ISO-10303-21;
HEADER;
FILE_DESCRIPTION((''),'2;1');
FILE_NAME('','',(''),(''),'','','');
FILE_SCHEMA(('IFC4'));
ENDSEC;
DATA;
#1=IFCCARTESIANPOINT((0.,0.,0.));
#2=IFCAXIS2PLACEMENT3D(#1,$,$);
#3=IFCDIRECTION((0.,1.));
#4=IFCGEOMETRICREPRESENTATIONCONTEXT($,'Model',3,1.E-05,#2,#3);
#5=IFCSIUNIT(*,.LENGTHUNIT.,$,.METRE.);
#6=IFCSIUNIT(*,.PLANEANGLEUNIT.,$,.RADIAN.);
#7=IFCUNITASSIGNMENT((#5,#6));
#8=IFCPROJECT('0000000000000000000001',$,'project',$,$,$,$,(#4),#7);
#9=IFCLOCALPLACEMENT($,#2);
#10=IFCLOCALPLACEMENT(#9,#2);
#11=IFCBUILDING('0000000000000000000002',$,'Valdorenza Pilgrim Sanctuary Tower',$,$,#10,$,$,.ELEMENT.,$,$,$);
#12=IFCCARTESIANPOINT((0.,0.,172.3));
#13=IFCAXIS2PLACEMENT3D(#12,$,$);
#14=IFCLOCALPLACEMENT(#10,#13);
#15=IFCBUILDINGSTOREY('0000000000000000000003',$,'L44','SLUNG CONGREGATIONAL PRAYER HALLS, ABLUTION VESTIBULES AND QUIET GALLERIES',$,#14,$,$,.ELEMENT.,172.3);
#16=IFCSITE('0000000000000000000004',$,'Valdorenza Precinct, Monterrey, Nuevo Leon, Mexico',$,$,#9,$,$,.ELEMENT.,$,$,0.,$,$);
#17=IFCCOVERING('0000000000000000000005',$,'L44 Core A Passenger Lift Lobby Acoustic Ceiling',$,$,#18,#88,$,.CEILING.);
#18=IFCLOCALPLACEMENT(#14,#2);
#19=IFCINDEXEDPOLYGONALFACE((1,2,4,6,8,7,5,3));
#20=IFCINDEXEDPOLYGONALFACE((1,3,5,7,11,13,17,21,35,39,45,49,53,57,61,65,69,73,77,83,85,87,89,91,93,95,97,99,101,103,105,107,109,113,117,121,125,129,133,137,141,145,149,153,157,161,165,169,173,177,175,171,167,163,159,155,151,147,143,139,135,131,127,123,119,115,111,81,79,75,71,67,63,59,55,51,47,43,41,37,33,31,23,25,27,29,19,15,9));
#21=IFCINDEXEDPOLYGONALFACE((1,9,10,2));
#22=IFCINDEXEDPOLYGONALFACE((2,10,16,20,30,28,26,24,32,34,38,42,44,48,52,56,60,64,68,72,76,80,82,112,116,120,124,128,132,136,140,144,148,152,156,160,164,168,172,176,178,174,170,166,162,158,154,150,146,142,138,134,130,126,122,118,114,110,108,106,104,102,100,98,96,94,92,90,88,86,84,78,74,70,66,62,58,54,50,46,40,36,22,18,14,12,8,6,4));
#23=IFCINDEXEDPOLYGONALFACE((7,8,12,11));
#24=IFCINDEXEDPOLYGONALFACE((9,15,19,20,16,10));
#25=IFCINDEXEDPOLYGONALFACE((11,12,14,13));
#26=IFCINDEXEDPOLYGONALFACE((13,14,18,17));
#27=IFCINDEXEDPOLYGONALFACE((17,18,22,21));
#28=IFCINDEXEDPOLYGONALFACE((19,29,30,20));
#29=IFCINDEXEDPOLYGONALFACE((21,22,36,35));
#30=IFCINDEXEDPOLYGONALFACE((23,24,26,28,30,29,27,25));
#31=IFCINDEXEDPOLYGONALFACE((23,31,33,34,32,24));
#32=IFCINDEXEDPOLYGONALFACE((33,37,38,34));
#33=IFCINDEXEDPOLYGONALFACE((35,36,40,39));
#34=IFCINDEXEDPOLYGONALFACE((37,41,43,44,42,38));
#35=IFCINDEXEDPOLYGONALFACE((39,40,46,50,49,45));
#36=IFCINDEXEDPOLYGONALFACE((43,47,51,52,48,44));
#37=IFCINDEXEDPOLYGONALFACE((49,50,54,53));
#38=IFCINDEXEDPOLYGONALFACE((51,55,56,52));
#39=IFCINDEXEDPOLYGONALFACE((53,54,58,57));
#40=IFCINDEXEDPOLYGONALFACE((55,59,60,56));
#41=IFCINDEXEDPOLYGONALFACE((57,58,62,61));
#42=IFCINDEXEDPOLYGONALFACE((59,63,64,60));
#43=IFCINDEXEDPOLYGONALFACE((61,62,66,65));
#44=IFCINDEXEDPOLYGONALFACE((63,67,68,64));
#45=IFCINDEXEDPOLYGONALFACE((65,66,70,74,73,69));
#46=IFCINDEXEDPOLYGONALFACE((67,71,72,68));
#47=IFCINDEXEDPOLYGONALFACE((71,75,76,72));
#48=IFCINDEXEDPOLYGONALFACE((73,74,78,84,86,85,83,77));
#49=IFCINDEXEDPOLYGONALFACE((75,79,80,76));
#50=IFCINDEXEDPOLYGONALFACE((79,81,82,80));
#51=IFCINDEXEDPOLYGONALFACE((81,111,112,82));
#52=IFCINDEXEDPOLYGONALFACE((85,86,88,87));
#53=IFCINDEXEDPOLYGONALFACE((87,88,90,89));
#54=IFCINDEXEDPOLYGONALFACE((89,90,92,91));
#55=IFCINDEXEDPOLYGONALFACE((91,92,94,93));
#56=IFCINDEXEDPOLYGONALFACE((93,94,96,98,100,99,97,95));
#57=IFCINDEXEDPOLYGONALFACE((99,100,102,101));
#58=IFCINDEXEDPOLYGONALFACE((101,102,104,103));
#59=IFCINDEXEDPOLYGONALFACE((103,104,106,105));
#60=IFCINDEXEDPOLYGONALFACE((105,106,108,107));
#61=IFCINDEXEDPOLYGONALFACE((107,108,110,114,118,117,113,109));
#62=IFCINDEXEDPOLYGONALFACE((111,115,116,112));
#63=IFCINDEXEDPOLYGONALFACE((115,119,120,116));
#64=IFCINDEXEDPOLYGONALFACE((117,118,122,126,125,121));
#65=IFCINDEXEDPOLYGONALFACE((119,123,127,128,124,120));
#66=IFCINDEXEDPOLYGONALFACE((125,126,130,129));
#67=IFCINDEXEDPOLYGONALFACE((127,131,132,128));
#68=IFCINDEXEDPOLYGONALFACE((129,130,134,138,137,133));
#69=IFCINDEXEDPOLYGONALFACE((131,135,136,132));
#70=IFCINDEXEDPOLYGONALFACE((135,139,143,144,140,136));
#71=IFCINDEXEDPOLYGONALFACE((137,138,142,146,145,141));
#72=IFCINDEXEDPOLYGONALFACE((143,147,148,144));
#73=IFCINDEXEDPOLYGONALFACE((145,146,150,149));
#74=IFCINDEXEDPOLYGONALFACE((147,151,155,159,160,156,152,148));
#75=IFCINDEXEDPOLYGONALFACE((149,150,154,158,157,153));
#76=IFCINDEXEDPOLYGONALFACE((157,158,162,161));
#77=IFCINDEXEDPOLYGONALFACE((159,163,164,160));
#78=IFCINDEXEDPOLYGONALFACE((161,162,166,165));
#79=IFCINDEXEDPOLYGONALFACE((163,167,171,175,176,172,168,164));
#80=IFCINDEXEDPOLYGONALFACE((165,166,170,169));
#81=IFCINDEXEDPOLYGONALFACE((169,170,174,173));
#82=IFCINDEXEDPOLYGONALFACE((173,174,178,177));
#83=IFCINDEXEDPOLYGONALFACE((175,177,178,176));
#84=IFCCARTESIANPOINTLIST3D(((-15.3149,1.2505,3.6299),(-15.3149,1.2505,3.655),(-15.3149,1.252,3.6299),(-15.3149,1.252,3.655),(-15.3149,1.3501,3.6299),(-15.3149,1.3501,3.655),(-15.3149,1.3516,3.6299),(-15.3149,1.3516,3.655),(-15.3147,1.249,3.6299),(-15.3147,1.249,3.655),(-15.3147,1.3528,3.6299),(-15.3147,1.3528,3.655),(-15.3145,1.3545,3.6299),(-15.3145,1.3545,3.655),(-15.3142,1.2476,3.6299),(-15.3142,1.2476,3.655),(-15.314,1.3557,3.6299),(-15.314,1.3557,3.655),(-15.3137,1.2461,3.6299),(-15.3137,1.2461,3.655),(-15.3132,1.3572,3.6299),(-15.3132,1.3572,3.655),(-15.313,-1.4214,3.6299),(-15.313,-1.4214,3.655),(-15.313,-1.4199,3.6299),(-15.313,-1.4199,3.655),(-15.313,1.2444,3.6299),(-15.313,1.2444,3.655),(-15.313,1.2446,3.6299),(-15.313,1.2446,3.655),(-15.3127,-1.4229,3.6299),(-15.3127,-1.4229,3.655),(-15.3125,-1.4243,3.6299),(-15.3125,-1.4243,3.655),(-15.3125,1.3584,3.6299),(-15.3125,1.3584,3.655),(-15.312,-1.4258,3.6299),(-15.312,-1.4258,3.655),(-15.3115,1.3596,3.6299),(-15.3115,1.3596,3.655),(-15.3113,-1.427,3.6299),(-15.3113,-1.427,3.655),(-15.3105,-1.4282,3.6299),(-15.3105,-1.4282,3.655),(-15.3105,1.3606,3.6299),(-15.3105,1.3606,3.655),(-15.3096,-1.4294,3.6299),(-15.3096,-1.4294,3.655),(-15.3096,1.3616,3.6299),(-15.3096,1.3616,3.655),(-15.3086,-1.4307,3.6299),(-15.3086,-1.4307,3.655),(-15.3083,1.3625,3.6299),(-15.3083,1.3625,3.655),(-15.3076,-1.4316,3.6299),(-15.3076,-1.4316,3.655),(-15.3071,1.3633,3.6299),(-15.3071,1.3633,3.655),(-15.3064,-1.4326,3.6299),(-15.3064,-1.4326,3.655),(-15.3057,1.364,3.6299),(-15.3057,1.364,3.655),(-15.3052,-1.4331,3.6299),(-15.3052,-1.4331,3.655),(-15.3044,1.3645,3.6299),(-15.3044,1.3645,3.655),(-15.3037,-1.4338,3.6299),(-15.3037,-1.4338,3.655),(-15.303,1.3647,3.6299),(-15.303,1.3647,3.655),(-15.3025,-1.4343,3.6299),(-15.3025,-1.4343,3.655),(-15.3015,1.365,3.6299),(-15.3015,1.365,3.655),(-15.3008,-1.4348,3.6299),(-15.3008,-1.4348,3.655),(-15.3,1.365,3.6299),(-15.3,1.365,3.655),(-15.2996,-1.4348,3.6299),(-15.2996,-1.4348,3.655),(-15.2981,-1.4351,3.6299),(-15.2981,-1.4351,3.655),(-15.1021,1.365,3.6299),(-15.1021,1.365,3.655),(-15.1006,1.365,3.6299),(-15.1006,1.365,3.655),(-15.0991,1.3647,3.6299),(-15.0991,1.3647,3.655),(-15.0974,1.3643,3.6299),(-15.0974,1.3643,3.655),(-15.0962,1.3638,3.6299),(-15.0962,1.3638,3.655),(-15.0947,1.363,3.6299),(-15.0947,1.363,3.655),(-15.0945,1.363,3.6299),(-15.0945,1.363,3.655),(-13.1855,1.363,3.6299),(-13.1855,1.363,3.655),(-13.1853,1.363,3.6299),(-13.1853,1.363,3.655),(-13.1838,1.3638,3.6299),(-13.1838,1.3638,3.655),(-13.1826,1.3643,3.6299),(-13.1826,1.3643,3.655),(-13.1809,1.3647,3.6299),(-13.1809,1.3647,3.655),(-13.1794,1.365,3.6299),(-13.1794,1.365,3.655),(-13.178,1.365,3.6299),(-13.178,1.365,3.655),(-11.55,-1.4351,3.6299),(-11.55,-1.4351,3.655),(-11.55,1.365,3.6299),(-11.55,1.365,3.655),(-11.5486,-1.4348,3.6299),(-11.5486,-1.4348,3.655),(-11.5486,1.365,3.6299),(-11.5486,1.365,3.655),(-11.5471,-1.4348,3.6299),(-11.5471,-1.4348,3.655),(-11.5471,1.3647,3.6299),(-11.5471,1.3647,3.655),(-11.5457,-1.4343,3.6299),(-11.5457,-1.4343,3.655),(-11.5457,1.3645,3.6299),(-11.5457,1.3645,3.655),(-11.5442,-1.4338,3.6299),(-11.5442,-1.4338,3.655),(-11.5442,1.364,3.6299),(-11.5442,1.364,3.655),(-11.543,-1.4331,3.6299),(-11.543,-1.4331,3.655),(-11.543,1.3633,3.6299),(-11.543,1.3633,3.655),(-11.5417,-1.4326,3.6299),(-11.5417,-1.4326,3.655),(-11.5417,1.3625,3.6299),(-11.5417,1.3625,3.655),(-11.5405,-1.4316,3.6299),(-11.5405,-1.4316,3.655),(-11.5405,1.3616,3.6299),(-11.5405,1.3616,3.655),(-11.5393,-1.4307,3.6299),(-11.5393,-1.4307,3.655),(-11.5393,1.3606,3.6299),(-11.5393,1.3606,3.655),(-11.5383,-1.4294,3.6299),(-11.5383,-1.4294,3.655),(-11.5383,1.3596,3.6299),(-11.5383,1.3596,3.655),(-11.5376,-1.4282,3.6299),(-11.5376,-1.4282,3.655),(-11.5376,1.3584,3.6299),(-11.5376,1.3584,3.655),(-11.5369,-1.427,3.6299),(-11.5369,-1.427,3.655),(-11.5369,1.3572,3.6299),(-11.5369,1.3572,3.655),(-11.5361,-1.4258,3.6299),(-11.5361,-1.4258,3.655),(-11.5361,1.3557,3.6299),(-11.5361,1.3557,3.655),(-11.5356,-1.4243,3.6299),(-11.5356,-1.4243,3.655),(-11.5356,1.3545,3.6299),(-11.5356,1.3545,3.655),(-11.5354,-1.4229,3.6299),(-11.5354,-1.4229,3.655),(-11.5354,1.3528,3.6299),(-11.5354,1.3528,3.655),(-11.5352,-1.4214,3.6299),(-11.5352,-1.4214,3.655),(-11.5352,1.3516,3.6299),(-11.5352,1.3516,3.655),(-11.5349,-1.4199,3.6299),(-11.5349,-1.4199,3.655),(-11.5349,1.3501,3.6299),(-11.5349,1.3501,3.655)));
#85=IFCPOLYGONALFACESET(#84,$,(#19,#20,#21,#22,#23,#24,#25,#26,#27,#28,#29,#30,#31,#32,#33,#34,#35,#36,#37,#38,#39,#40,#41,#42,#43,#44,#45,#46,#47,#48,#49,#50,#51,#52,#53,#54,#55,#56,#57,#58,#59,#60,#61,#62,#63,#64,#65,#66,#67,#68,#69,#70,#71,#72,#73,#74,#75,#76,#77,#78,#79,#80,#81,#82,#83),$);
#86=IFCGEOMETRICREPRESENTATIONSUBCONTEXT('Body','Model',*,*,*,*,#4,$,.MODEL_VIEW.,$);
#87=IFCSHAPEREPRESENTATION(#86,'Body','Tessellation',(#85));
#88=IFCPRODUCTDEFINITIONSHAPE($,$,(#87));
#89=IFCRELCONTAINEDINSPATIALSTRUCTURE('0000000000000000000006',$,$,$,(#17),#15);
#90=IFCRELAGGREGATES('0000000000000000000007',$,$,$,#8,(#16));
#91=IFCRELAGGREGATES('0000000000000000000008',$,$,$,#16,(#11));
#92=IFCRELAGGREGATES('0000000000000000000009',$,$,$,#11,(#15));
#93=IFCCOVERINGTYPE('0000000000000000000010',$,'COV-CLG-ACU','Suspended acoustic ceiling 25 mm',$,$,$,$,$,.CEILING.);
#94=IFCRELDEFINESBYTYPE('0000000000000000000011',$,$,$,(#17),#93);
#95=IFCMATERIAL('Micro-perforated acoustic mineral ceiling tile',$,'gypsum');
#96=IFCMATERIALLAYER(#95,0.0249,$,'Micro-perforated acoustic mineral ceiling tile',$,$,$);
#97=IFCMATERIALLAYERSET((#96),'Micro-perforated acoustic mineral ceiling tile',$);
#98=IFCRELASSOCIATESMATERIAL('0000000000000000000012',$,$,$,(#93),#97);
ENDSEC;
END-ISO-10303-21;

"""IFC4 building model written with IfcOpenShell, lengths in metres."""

from ifc_helpers import new_model, si_unit, direction, frame, origin, place, context, subcontext, project, spatial, polyline, outline, extrude, material, layer, layer_set, type_object, element, save


model = new_model("IFC4")

# Units and contexts
model_context = context("Model", 3, precision=1e-05, world=origin(), true_north=direction((0.0, 1.0)))
body_context = subcontext(model_context, "Body", "Model", "MODEL_VIEW")
ifc_project = project(units=[si_unit("LENGTHUNIT", "METRE"), si_unit("PLANEANGLEUNIT", "RADIAN")], contexts=[model_context])

# Site, building, storey
site_placement = place(None, origin())
site = spatial("IfcSite", under=ifc_project, at=site_placement, Name="Valdorenza Precinct, Monterrey, Nuevo Leon, Mexico", CompositionType="ELEMENT", RefElevation=0.0)
building_placement = place(site_placement, origin())
building = spatial("IfcBuilding", under=site, at=building_placement, Name="Valdorenza Pilgrim Sanctuary Tower", CompositionType="ELEMENT")
storey_placement = place(building_placement, frame((0.0, 0.0, 172.3)))
storey = spatial("IfcBuildingStorey", under=building, at=storey_placement, Name="L44", Description="SLUNG CONGREGATIONAL PRAYER HALLS, ABLUTION VESTIBULES AND QUIET GALLERIES", CompositionType="ELEMENT", Elevation=172.3)

# Covering
ifc_material_1 = material(Name="Micro-perforated acoustic mineral ceiling tile", Category="gypsum")
ifc_layer_1 = layer(ifc_material_1, 0.0249, Name="Micro-perforated acoustic mineral ceiling tile")
ifc_layer_set_1 = layer_set([ifc_layer_1], Name="Micro-perforated acoustic mineral ceiling tile")
covering_type_1 = type_object("IfcCoveringType", Name="COV-CLG-ACU", Description="Suspended acoustic ceiling 25 mm", PredefinedType="CEILING", material=ifc_layer_set_1)
covering_1_placement = place(storey_placement, frame((0.0, 0.0, 3.6299)))
element("IfcCovering", 1, at=covering_1_placement, inside=storey, type_object=covering_type_1, Name="L44 Core A Passenger Lift Lobby Acoustic Ceiling", PredefinedType="CEILING", context=body_context, shape_type="SweptSolid", body=[
    extrude(outline(polyline([(-15.313, 1.2444), (-15.313, 1.2446), (-15.3137, 1.2461), (-15.3142, 1.2476), (-15.3147, 1.249), (-15.3149, 1.2505), (-15.3149, 1.252), (-15.3149, 1.3501), (-15.3149, 1.3516), (-15.3147, 1.3528), (-15.3145, 1.3545), (-15.314, 1.3557), (-15.3132, 1.3572), (-15.3125, 1.3584), (-15.3115, 1.3596), (-15.3105, 1.3606), (-15.3096, 1.3616), (-15.3083, 1.3625), (-15.3071, 1.3633), (-15.3057, 1.364), (-15.3044, 1.3645), (-15.303, 1.3647), (-15.3015, 1.365), (-15.3, 1.365), (-15.1021, 1.365), (-15.1006, 1.365), (-15.0991, 1.3647), (-15.0974, 1.3643), (-15.0962, 1.3638), (-15.0947, 1.363), (-15.0945, 1.363), (-13.1855, 1.363), (-13.1853, 1.363), (-13.1838, 1.3638), (-13.1826, 1.3643), (-13.1809, 1.3647), (-13.1794, 1.365), (-13.178, 1.365), (-11.55, 1.365), (-11.5486, 1.365), (-11.5471, 1.3647), (-11.5457, 1.3645), (-11.5442, 1.364), (-11.543, 1.3633), (-11.5417, 1.3625), (-11.5405, 1.3616), (-11.5393, 1.3606), (-11.5383, 1.3596), (-11.5376, 1.3584), (-11.5369, 1.3572), (-11.5361, 1.3557), (-11.5356, 1.3545), (-11.5354, 1.3528), (-11.5352, 1.3516), (-11.5349, 1.3501), (-11.5349, -1.4199), (-11.5352, -1.4214), (-11.5354, -1.4229), (-11.5356, -1.4243), (-11.5361, -1.4258), (-11.5369, -1.427), (-11.5376, -1.4282), (-11.5383, -1.4294), (-11.5393, -1.4307), (-11.5405, -1.4316), (-11.5417, -1.4326), (-11.543, -1.4331), (-11.5442, -1.4338), (-11.5457, -1.4343), (-11.5471, -1.4348), (-11.5486, -1.4348), (-11.55, -1.4351), (-15.2981, -1.4351), (-15.2996, -1.4348), (-15.3008, -1.4348), (-15.3025, -1.4343), (-15.3037, -1.4338), (-15.3052, -1.4331), (-15.3064, -1.4326), (-15.3076, -1.4316), (-15.3086, -1.4307), (-15.3096, -1.4294), (-15.3105, -1.4282), (-15.3113, -1.427), (-15.312, -1.4258), (-15.3125, -1.4243), (-15.3127, -1.4229), (-15.313, -1.4214), (-15.313, -1.4199), (-15.313, 1.2444)])), origin(), (0.0, 0.0, 1.0), 0.0251),
])

save(model, "model.ifc")
